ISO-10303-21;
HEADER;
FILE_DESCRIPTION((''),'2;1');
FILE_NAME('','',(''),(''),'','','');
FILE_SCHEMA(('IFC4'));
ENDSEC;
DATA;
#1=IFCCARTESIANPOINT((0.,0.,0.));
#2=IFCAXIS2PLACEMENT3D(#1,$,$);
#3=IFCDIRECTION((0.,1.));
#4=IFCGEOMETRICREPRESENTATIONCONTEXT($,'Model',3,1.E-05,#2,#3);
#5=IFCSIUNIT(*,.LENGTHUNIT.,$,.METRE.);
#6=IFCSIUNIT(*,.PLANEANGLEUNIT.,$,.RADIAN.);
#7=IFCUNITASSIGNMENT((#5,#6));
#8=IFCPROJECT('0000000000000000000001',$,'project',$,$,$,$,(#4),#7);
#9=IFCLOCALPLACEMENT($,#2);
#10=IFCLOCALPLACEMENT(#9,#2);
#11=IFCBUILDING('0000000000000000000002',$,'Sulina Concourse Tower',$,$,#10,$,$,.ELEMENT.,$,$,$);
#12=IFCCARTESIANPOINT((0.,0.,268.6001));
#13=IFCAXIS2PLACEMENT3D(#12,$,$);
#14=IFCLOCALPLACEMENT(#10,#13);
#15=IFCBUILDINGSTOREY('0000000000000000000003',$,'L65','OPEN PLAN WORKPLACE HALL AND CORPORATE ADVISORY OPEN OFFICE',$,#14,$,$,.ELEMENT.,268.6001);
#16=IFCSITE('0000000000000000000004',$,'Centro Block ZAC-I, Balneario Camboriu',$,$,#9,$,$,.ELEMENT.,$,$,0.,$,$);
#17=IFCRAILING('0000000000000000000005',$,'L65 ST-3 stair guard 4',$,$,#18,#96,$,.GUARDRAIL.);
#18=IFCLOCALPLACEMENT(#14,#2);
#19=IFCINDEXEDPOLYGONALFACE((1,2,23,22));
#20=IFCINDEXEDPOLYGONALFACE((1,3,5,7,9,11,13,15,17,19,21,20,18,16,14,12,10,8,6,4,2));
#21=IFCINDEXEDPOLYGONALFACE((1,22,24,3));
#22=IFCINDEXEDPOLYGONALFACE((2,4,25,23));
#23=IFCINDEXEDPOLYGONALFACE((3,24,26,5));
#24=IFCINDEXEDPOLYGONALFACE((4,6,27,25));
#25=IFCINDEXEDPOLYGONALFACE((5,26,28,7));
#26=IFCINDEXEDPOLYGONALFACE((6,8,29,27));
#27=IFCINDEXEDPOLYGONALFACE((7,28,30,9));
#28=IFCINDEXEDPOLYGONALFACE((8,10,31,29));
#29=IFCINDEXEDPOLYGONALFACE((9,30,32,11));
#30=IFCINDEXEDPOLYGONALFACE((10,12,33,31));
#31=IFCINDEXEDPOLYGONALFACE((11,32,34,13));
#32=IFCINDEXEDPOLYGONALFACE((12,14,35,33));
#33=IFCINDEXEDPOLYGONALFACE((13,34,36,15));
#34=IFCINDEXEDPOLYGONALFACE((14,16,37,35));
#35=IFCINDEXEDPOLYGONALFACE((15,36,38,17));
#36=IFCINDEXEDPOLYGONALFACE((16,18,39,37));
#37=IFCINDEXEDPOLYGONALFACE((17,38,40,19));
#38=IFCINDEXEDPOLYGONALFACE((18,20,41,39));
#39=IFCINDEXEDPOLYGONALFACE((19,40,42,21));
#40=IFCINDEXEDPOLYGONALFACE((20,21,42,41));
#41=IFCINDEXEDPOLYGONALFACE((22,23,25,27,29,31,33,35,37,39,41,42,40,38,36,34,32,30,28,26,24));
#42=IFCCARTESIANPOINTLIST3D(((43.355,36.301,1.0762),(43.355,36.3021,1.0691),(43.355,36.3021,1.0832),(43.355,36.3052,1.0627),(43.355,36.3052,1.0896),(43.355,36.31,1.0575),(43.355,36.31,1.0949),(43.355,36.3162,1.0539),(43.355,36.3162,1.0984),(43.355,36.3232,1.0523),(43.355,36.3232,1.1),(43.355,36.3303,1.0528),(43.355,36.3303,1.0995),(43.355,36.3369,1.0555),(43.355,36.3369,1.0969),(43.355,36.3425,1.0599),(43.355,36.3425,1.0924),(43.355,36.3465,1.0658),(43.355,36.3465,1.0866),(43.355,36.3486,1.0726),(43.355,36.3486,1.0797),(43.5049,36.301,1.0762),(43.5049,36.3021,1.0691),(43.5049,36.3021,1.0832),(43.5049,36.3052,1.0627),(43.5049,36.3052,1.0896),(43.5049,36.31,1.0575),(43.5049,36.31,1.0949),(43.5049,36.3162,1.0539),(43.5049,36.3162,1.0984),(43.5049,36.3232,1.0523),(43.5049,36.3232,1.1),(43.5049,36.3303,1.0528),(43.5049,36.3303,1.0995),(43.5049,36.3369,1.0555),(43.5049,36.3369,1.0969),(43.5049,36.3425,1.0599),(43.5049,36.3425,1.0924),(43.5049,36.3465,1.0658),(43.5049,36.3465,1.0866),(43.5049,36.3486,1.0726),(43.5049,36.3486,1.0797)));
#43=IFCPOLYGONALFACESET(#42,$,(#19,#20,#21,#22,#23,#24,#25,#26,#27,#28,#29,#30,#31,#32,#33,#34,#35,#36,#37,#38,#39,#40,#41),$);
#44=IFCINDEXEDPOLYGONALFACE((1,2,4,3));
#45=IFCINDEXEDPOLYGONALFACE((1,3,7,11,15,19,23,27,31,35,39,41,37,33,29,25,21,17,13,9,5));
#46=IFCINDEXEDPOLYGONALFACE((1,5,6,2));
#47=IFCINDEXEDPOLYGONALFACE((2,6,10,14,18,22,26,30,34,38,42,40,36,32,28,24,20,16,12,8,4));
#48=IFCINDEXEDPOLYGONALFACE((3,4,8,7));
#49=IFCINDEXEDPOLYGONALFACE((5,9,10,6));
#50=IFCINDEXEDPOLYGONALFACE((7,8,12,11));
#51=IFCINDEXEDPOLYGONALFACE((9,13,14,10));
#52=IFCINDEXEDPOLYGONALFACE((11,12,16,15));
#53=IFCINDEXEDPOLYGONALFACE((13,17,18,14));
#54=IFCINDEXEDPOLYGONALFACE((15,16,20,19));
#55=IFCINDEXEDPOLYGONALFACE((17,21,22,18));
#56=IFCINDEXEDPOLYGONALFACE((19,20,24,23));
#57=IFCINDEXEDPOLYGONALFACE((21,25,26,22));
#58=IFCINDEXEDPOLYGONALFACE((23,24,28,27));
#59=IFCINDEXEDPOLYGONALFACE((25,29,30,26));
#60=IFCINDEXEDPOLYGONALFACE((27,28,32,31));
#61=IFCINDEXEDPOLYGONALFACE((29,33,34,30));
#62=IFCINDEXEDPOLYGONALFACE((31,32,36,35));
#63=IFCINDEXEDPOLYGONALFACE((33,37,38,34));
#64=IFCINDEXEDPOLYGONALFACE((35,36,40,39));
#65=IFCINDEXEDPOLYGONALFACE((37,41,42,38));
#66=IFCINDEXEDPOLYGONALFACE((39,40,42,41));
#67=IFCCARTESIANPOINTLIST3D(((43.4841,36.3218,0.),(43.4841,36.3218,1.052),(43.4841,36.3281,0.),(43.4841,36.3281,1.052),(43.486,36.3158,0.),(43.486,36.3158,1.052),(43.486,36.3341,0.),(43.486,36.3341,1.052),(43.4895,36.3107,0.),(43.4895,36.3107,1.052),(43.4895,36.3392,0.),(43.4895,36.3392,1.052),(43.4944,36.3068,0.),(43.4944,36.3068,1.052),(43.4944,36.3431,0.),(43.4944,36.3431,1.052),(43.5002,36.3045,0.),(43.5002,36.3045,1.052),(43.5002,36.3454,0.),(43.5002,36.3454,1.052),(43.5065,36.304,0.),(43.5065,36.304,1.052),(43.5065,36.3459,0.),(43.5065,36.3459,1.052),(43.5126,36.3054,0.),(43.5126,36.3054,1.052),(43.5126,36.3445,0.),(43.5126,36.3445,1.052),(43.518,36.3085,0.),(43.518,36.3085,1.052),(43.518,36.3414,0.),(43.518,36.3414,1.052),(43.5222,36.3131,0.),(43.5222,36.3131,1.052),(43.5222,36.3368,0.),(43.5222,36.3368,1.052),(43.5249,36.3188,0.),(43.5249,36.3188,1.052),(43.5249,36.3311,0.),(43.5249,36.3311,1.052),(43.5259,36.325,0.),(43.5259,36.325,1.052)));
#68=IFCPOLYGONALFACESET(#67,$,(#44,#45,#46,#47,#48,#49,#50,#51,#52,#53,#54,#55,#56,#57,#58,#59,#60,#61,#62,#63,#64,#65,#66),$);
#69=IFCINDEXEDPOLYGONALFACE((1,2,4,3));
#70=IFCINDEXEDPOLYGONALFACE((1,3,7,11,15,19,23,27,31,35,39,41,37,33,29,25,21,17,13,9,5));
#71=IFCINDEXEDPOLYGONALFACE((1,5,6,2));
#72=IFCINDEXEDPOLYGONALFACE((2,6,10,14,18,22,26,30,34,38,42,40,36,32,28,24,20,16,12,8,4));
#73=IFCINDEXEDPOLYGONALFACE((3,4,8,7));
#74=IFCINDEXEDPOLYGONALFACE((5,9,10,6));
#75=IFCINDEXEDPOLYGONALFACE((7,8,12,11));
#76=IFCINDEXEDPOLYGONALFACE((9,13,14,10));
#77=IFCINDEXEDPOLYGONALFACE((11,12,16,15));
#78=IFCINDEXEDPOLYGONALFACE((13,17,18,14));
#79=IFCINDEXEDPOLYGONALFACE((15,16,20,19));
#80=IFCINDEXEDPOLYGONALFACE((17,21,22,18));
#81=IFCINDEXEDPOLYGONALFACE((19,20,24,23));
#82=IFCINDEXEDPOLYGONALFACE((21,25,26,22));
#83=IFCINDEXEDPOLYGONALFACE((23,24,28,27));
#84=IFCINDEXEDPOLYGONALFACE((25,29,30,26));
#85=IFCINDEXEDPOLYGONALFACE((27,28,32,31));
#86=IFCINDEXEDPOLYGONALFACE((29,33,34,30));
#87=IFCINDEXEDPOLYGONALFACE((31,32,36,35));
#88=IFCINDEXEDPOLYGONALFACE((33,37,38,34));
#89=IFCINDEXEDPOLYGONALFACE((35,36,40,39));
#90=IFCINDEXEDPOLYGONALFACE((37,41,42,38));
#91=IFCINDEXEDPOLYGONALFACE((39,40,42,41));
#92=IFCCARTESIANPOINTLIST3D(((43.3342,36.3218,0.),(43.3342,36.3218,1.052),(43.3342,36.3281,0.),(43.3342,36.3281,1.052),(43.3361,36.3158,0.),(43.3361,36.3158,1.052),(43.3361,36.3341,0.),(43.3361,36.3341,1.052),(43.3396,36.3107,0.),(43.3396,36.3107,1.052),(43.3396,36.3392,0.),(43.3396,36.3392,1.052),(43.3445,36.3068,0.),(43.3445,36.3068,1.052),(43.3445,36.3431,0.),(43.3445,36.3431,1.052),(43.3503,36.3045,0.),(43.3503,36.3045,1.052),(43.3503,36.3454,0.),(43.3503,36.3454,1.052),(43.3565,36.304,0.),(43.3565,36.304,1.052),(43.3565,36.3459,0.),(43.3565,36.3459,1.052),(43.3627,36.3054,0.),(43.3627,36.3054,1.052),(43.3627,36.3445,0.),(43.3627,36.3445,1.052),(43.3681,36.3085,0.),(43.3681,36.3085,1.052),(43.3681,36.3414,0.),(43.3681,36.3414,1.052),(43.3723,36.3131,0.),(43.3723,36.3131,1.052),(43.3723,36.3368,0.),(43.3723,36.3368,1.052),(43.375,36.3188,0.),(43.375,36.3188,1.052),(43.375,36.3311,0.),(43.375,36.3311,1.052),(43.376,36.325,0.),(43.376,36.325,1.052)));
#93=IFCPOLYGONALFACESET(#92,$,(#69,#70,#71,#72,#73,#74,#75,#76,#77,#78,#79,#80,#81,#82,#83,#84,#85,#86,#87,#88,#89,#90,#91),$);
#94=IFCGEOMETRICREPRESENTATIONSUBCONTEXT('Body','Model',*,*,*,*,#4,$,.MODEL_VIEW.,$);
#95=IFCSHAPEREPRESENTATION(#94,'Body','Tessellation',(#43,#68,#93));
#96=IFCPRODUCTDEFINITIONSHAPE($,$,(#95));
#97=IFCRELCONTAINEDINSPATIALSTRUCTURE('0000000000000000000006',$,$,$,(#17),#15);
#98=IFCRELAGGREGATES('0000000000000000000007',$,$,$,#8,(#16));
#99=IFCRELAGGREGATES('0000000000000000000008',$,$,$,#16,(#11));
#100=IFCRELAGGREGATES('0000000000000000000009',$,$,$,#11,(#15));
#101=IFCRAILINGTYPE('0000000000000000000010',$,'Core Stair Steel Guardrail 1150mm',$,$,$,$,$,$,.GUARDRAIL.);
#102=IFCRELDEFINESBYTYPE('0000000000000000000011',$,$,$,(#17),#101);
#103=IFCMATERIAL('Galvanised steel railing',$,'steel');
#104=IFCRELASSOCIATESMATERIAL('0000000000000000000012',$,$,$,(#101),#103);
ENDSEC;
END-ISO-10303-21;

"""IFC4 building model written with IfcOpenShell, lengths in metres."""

from ifc_helpers import new_model, si_unit, direction, frame, origin, origin_2d, place, context, subcontext, project, spatial, circle, extrude, material, type_object, element, save


model = new_model("IFC4")

# Units and contexts
model_context = context("Model", 3, precision=1e-05, world=origin(), true_north=direction((0.0, 1.0)))
body_context = subcontext(model_context, "Body", "Model", "MODEL_VIEW")
ifc_project = project(units=[si_unit("LENGTHUNIT", "METRE"), si_unit("PLANEANGLEUNIT", "RADIAN")], contexts=[model_context])

# Site, building, storey
site_placement = place(None, origin())
site = spatial("IfcSite", under=ifc_project, at=site_placement, Name="Centro Block ZAC-I, Balneario Camboriu", CompositionType="ELEMENT", RefElevation=0.0)
building_placement = place(site_placement, origin())
building = spatial("IfcBuilding", under=site, at=building_placement, Name="Sulina Concourse Tower", CompositionType="ELEMENT")
storey_placement = place(building_placement, frame((0.0, 0.0, 268.6001)))
storey = spatial("IfcBuildingStorey", under=building, at=storey_placement, Name="L65", Description="OPEN PLAN WORKPLACE HALL AND CORPORATE ADVISORY OPEN OFFICE", CompositionType="ELEMENT", Elevation=268.6001)

# Railing
ifc_material_1 = material(Name="Galvanised steel railing", Category="steel")
railing_type_1 = type_object("IfcRailingType", Name="Core Stair Steel Guardrail 1150mm", PredefinedType="GUARDRAIL", material=ifc_material_1)
railing_1_placement = place(storey_placement, frame((43.5049, 36.325, 0.0)))
element("IfcRailing", 1, at=railing_1_placement, inside=storey, type_object=railing_type_1, Name="L65 ST-3 stair guard 4", PredefinedType="GUARDRAIL", context=body_context, shape_type="SweptSolid", body=[
    extrude(circle(Radius=0.0239, at=origin_2d()), frame((0.0, 0.0, 1.0762), z_axis=(-1.0, 0.0, 0.0), x_axis=(0.0, -1.0, 0.0)), (0.0, 0.0, 1.0), 0.1499),
    extrude(circle(Radius=0.021, at=origin_2d()), origin(), (0.0, 0.0, 1.0), 1.052),
    extrude(circle(Radius=0.021, at=origin_2d()), frame((-0.1499, 0.0, 0.0)), (0.0, 0.0, 1.0), 1.052),
])

save(model, "model.ifc")
